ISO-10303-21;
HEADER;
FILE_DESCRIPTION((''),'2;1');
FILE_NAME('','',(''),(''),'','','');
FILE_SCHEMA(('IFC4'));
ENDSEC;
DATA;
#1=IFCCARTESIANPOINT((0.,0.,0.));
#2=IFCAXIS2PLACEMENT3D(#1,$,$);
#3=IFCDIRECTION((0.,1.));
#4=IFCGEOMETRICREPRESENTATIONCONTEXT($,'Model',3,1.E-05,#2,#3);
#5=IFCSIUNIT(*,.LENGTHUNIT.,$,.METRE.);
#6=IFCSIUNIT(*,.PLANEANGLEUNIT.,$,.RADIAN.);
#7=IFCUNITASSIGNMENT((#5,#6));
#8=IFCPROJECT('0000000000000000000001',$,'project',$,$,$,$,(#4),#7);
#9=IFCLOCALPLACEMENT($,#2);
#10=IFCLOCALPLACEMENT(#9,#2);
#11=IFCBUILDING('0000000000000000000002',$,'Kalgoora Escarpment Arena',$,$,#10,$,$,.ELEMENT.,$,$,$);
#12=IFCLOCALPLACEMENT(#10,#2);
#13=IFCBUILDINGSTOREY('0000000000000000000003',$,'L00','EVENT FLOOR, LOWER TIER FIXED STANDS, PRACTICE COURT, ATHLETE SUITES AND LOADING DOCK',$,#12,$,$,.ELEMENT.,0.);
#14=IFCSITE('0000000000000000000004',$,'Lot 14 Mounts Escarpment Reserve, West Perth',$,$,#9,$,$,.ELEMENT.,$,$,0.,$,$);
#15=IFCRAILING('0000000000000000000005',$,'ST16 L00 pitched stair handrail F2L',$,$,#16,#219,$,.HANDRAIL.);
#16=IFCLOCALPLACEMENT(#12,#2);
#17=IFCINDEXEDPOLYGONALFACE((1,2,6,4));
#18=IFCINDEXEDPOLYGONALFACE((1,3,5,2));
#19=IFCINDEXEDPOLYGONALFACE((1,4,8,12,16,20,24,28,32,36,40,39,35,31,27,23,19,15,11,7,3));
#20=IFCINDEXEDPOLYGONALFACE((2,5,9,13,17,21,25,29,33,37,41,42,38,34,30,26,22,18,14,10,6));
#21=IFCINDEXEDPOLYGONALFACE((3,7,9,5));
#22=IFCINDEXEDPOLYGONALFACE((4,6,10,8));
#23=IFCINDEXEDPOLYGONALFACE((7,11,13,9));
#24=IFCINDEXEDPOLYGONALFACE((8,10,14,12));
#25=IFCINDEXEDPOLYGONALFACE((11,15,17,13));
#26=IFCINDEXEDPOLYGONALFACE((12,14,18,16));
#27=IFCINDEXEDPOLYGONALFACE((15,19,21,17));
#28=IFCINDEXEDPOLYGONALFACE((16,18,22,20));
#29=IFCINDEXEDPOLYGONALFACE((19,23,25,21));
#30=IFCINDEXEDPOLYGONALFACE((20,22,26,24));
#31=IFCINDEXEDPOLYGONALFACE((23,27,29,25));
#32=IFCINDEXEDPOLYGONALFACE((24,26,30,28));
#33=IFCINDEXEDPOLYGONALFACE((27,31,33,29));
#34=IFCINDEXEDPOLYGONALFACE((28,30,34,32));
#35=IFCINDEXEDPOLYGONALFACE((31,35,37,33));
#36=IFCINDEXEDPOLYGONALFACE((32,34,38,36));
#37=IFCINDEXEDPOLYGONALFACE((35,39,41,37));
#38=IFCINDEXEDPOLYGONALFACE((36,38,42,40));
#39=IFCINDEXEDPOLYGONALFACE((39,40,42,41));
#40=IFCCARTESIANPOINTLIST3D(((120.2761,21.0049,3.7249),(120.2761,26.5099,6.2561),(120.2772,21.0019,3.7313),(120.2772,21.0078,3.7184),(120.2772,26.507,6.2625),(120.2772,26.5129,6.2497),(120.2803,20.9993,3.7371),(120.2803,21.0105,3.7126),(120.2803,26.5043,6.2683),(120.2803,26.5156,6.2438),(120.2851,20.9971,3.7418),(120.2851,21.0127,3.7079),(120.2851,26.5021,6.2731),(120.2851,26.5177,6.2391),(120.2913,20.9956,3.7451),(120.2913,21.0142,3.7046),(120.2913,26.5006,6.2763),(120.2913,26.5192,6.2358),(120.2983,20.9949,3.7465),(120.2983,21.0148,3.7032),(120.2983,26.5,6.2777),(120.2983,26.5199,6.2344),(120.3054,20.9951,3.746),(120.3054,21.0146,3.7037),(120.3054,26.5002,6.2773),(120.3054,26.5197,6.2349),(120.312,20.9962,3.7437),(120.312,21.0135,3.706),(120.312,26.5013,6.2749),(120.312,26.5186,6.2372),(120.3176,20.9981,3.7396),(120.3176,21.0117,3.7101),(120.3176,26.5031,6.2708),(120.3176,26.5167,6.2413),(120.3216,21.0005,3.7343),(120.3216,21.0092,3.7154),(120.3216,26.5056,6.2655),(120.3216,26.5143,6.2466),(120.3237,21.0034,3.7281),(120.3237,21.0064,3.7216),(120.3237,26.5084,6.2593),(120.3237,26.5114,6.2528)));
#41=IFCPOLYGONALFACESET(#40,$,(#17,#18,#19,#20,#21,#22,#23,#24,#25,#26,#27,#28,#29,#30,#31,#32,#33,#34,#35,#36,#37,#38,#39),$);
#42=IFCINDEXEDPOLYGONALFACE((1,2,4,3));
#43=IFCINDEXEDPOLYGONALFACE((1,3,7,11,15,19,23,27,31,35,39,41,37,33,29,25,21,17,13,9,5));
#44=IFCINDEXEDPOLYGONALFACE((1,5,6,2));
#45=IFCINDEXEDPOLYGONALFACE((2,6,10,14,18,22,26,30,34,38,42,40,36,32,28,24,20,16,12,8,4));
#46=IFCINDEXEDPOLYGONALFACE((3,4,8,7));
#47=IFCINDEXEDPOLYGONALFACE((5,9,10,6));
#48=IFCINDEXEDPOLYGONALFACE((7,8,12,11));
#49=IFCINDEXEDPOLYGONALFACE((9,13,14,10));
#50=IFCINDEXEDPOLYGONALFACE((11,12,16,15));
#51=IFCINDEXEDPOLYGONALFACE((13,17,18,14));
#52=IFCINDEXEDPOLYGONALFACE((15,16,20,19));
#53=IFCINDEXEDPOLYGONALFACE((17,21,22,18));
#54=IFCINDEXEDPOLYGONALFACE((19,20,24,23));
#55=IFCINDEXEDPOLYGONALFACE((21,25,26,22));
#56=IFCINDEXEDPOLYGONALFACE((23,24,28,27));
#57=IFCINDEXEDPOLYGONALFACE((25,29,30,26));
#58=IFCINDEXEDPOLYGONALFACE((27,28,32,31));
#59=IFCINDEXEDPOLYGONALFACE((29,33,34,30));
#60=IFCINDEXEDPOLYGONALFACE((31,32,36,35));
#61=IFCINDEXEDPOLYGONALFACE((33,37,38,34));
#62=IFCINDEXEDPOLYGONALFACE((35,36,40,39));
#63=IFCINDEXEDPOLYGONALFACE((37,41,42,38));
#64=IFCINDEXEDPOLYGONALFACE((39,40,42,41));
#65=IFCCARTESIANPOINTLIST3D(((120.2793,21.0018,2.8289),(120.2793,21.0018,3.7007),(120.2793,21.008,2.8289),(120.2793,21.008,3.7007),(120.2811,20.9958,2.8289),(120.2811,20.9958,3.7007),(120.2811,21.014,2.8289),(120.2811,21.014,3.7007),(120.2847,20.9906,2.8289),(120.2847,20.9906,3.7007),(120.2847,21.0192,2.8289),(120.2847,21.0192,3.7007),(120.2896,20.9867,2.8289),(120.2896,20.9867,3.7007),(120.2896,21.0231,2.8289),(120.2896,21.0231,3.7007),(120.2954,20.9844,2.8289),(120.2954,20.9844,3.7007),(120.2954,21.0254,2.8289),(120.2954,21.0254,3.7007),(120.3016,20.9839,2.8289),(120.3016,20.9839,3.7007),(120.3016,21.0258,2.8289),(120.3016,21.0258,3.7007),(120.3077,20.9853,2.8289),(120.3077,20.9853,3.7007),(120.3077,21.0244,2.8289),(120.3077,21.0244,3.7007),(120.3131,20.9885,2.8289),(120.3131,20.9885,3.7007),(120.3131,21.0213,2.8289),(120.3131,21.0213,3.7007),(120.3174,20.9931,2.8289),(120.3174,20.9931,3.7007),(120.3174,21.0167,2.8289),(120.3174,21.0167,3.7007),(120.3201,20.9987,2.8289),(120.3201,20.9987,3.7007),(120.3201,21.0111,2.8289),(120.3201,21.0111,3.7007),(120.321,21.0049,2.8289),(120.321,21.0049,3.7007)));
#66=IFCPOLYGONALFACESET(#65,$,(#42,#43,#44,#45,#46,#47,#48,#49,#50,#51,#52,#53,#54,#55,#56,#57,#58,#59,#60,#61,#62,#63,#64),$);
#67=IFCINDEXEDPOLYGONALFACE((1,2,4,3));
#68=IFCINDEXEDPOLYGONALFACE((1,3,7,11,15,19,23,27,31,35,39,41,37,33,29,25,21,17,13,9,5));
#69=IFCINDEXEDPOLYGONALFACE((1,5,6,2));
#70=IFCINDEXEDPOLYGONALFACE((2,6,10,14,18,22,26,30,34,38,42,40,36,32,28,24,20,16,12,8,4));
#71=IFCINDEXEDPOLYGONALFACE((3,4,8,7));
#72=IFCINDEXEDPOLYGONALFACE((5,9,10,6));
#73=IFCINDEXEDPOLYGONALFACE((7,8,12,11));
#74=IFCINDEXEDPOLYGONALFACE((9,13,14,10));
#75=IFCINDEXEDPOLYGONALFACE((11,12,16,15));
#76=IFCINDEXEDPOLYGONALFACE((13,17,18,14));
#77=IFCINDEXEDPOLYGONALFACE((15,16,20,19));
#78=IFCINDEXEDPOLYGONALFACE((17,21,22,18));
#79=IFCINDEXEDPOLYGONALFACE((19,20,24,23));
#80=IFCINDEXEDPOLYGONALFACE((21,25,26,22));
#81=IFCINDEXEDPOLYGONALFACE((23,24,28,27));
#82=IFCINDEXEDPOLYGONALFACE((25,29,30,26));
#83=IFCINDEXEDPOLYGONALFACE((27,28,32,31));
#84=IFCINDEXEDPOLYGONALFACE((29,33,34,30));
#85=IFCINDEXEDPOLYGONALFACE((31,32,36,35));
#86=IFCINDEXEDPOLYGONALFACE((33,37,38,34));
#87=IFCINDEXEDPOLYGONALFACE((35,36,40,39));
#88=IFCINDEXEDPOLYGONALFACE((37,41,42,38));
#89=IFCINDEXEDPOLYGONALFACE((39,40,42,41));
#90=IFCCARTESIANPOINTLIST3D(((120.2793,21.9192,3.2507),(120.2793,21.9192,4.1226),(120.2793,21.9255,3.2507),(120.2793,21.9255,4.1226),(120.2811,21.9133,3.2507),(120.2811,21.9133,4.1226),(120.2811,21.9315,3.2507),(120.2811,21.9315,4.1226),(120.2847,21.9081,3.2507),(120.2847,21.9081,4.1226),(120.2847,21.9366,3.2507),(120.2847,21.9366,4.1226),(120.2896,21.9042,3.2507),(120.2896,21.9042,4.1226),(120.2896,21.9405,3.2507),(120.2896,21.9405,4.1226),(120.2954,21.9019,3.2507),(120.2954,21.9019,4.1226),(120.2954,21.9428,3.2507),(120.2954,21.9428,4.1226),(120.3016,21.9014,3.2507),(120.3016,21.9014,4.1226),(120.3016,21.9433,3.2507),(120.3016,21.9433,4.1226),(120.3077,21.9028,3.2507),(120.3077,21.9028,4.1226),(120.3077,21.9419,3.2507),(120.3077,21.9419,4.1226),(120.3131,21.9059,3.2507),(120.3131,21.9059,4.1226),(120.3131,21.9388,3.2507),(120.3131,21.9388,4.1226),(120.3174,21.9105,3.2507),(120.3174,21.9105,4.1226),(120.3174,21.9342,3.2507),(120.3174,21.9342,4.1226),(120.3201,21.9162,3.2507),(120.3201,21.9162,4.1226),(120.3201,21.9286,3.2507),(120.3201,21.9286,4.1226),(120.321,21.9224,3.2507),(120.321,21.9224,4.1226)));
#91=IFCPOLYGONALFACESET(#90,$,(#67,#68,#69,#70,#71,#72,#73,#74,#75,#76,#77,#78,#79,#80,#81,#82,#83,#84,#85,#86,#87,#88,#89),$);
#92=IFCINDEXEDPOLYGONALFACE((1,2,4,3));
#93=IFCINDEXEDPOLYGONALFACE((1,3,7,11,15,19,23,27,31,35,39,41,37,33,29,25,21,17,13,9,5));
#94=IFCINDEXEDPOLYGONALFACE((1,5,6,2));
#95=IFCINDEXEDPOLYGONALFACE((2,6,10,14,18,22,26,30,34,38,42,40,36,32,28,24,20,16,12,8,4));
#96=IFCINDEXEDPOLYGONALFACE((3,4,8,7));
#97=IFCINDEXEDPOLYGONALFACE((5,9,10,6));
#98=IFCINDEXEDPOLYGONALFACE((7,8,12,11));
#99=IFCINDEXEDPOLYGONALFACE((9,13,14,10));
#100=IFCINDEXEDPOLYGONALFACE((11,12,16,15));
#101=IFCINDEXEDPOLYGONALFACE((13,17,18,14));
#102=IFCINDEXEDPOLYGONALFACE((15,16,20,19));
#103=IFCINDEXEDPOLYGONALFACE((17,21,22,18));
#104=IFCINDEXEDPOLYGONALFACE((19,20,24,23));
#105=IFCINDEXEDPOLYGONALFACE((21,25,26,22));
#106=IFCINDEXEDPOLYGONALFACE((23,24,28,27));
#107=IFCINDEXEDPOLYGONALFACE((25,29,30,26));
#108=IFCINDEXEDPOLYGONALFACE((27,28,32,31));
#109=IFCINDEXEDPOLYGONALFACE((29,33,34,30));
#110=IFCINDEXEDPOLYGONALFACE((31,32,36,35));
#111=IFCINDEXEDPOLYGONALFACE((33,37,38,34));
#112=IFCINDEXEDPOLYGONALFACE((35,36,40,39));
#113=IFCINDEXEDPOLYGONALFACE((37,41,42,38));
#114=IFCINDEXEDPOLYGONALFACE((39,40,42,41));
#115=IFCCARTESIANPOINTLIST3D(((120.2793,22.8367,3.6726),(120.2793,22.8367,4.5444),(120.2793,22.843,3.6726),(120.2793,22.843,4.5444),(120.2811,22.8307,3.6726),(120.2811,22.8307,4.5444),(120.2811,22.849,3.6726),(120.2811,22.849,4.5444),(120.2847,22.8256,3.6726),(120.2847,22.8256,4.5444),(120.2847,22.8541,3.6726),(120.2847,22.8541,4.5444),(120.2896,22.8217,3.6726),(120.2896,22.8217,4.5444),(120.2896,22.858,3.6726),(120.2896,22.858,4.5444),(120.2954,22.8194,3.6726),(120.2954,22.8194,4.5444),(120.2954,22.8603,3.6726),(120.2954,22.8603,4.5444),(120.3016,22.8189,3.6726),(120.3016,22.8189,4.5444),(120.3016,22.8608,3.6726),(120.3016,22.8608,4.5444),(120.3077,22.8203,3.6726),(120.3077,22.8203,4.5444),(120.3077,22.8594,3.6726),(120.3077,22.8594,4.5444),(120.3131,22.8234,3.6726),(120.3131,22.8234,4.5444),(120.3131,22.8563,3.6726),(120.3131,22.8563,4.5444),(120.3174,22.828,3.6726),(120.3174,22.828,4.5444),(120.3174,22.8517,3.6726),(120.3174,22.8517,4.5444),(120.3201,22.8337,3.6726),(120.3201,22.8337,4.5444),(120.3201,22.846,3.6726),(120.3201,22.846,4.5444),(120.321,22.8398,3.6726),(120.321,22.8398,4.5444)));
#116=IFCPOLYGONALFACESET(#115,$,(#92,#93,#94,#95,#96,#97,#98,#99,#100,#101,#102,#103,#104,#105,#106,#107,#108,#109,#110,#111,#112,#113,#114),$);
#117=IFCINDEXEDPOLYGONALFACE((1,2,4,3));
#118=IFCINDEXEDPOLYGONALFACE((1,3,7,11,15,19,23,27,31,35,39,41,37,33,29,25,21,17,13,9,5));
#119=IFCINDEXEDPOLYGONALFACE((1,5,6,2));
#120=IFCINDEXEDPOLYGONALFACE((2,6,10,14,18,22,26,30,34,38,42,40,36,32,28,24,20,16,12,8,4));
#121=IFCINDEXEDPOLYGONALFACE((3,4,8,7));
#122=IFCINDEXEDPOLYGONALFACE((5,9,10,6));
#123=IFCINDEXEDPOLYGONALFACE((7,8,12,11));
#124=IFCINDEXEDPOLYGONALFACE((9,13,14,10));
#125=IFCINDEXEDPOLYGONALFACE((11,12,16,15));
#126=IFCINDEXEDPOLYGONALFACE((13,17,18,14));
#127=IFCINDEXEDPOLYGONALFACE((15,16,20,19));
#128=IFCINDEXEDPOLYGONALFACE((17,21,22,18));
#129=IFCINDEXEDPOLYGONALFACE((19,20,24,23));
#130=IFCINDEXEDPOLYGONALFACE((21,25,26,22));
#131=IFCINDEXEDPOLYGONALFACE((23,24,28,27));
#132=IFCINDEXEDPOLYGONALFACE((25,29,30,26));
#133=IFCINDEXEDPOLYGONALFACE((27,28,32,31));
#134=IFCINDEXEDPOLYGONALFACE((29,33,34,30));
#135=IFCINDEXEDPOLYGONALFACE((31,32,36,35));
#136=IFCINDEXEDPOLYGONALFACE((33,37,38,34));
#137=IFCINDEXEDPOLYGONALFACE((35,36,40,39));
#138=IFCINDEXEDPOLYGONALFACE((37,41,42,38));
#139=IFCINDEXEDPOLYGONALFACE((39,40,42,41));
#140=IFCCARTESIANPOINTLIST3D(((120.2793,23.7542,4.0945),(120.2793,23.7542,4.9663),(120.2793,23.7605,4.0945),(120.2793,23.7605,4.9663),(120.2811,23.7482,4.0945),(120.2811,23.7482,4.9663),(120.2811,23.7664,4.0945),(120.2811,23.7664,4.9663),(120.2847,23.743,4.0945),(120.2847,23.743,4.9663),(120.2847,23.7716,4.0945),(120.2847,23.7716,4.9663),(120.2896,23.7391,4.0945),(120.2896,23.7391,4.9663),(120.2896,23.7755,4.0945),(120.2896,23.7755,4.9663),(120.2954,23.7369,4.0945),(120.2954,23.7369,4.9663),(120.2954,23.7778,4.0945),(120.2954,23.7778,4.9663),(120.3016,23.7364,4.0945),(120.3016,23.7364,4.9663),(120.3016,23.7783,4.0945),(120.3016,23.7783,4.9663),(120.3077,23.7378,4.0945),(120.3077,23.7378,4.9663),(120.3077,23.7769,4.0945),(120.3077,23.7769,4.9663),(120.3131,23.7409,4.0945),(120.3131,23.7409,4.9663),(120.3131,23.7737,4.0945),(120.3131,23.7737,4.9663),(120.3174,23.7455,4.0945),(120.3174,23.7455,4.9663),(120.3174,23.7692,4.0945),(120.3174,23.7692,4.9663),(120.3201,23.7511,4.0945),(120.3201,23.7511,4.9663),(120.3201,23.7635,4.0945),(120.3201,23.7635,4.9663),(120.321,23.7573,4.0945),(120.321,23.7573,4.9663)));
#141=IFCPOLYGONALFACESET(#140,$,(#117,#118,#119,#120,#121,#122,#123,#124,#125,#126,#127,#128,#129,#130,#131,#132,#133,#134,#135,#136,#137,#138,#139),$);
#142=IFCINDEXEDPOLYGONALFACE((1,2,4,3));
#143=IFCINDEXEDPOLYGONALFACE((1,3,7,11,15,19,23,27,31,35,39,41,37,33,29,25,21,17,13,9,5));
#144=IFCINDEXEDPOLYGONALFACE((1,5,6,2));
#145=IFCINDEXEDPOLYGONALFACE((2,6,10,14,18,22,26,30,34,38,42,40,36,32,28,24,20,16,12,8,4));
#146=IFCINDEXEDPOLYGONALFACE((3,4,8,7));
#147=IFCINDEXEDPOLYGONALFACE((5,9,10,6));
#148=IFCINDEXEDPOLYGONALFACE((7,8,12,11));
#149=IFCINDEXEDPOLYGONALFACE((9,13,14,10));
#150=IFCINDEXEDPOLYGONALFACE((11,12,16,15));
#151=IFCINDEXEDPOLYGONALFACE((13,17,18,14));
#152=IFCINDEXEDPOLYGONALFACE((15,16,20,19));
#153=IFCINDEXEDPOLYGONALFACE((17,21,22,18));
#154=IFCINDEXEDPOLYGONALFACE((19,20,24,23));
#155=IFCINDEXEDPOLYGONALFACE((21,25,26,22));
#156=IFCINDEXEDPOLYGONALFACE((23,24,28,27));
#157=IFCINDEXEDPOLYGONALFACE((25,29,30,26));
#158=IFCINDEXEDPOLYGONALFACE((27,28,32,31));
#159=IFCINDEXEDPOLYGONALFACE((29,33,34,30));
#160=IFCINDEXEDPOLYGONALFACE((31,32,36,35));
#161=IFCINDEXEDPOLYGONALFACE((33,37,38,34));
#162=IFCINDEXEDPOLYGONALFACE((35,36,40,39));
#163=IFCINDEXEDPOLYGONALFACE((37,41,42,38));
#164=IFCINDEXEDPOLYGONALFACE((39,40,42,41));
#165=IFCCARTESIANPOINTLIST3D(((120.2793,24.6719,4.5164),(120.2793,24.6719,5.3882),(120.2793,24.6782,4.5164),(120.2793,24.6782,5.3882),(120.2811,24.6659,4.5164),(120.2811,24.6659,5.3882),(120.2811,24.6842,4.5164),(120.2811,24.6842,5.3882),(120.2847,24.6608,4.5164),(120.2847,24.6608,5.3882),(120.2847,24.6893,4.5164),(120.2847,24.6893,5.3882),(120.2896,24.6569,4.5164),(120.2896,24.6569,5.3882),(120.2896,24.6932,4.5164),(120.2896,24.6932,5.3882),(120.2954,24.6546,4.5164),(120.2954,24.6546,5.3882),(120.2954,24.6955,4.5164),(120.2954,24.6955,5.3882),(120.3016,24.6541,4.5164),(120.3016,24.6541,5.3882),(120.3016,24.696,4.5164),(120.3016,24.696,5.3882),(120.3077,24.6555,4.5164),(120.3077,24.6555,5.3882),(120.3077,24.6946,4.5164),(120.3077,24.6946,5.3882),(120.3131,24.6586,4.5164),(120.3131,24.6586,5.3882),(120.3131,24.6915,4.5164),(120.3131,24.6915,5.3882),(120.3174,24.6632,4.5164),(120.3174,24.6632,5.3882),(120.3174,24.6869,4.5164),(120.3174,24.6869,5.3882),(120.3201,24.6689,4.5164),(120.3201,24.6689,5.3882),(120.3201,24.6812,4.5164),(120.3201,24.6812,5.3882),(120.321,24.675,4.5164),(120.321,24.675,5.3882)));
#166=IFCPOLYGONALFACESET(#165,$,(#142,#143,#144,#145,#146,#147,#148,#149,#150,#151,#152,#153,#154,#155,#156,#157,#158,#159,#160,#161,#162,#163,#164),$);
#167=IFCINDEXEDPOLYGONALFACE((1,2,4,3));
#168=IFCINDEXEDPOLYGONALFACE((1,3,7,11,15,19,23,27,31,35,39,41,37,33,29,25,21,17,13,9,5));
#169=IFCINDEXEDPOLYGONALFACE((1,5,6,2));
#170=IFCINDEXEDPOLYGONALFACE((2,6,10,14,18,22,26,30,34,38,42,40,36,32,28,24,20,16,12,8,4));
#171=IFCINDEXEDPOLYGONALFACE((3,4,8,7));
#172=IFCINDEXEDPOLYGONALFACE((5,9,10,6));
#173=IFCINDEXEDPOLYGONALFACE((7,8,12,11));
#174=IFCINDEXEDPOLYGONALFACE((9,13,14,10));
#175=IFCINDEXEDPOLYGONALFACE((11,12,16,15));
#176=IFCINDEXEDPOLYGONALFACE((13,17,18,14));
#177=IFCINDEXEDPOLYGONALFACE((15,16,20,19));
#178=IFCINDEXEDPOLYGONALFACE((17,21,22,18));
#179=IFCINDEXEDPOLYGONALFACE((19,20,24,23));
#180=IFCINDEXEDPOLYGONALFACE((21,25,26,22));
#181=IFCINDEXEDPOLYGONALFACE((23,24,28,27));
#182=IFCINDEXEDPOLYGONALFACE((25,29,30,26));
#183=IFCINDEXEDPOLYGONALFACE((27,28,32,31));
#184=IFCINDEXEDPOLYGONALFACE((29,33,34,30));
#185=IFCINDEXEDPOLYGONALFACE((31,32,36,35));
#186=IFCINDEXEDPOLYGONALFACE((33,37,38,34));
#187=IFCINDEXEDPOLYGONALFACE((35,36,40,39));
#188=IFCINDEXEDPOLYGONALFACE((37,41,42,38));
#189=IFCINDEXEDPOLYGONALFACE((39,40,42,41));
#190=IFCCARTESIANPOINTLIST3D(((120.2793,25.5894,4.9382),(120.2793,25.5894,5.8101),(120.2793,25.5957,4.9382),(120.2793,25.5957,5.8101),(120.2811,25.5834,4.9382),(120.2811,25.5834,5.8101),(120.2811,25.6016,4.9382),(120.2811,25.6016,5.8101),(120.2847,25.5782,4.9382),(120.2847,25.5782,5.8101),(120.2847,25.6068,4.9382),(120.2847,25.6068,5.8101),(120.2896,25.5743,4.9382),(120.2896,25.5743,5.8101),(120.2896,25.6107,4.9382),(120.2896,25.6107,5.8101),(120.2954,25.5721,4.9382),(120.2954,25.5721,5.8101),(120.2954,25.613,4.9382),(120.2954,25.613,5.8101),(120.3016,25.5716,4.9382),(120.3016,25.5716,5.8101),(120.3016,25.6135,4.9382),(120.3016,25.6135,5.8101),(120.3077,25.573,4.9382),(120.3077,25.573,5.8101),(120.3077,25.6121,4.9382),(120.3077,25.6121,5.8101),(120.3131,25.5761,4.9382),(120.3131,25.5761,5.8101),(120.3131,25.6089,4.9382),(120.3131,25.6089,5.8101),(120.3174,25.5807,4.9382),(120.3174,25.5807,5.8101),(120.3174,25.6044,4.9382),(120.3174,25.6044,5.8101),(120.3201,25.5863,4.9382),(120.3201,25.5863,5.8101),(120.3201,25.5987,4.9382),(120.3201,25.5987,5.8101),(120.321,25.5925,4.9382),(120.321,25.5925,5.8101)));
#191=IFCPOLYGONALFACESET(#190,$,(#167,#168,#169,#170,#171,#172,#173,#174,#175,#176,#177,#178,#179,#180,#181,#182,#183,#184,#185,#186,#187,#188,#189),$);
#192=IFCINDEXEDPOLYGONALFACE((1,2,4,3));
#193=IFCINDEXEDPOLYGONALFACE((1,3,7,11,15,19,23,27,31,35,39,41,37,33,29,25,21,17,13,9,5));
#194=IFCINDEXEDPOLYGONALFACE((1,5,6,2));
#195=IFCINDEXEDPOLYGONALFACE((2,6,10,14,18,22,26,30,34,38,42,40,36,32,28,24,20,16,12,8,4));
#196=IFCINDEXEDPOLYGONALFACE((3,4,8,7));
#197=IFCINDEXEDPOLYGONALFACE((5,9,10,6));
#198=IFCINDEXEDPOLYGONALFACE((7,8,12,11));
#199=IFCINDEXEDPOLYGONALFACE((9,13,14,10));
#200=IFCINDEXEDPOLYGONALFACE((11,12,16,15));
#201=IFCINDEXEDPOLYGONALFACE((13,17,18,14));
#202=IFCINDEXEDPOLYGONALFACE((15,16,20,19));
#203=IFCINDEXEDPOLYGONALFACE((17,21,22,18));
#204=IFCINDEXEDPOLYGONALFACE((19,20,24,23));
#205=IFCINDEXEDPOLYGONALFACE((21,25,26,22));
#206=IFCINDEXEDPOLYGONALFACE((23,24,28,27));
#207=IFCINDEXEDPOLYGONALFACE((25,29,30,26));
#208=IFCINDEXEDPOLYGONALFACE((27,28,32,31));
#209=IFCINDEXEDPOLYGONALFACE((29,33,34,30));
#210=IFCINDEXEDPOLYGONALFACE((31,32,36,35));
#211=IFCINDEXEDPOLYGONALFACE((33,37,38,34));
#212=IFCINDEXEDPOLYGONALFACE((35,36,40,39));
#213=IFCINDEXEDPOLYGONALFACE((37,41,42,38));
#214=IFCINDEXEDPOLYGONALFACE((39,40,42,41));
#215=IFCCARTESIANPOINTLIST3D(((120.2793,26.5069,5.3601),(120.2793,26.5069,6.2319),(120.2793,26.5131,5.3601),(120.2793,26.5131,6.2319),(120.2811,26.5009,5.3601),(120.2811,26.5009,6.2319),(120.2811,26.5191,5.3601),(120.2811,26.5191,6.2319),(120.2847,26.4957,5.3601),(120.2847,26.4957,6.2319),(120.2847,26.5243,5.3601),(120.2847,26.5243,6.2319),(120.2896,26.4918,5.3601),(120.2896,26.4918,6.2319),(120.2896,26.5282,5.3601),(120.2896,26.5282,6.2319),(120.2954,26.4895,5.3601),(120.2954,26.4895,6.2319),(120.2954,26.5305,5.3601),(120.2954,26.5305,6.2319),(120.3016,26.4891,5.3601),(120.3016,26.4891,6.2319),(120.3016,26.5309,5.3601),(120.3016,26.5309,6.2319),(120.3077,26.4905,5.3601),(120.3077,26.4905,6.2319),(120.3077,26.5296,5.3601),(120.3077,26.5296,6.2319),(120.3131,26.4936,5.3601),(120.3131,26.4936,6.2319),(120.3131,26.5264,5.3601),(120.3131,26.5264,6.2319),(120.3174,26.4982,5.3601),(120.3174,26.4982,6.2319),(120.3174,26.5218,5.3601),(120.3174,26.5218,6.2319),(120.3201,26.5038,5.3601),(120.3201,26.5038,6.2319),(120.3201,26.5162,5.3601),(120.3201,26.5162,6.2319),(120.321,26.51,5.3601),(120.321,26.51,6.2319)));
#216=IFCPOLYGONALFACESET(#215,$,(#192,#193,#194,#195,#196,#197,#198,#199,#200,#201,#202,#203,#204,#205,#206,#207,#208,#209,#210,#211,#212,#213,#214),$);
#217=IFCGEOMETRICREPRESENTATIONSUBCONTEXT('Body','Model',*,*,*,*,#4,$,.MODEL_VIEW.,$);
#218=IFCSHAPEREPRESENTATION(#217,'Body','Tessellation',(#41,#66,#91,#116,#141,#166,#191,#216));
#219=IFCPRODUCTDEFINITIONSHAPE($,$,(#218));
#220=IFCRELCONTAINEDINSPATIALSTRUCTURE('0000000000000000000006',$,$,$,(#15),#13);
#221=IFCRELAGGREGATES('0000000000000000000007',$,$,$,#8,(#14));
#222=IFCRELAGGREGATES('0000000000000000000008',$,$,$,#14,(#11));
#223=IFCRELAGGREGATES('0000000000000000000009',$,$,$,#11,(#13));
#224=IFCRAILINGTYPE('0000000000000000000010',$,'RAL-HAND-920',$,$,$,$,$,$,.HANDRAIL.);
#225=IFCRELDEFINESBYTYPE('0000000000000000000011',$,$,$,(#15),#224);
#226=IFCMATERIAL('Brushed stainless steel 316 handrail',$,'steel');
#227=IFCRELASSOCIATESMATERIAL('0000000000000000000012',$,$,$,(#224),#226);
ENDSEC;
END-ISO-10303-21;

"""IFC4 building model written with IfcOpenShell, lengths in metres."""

from ifc_helpers import new_model, si_unit, direction, frame, origin, origin_2d, place, context, subcontext, project, spatial, circle, extrude, material, type_object, element, save


model = new_model("IFC4")

# Units and contexts
model_context = context("Model", 3, precision=1e-05, world=origin(), true_north=direction((0.0, 1.0)))
body_context = subcontext(model_context, "Body", "Model", "MODEL_VIEW")
ifc_project = project(units=[si_unit("LENGTHUNIT", "METRE"), si_unit("PLANEANGLEUNIT", "RADIAN")], contexts=[model_context])

# Site, building, storey
site_placement = place(None, origin())
site = spatial("IfcSite", under=ifc_project, at=site_placement, Name="Lot 14 Mounts Escarpment Reserve, West Perth", CompositionType="ELEMENT", RefElevation=0.0)
building_placement = place(site_placement, origin())
building = spatial("IfcBuilding", under=site, at=building_placement, Name="Kalgoora Escarpment Arena", CompositionType="ELEMENT")
storey_placement = place(building_placement, origin())
storey = spatial("IfcBuildingStorey", under=building, at=storey_placement, Name="L00", Description="EVENT FLOOR, LOWER TIER FIXED STANDS, PRACTICE COURT, ATHLETE SUITES AND LOADING DOCK", CompositionType="ELEMENT", Elevation=0.0)

# Railing
ifc_material_1 = material(Name="Brushed stainless steel 316 handrail", Category="steel")
railing_type_1 = type_object("IfcRailingType", Name="RAL-HAND-920", PredefinedType="HANDRAIL", material=ifc_material_1)
railing_1_placement = place(storey_placement, frame((120.3, 21.0049, 2.8289)))
element("IfcRailing", 1, at=railing_1_placement, inside=storey, type_object=railing_type_1, Name="ST16 L00 pitched stair handrail F2L", PredefinedType="HANDRAIL", context=body_context, shape_type="SweptSolid", body=[
    extrude(circle(Radius=0.0239, at=origin_2d()), frame((0.0, 0.0, 0.896), z_axis=(0.0, 0.90856, 0.417755), x_axis=(-1.0, 0.0, 0.0)), (0.0, 0.0, 1.0), 6.0591),
    extrude(circle(Radius=0.021, at=origin_2d()), origin(), (0.0, 0.0, 1.0), 0.8718),
    extrude(circle(Radius=0.021, at=origin_2d()), frame((0.0, 0.9175, 0.4219)), (0.0, 0.0, 1.0), 0.8718),
    extrude(circle(Radius=0.021, at=origin_2d()), frame((0.0, 1.835, 0.8438)), (0.0, 0.0, 1.0), 0.8718),
    extrude(circle(Radius=0.021, at=origin_2d()), frame((0.0, 2.7524, 1.2656)), (0.0, 0.0, 1.0), 0.8718),
    extrude(circle(Radius=0.021, at=origin_2d()), frame((0.0, 3.6702, 1.6875)), (0.0, 0.0, 1.0), 0.8718),
    extrude(circle(Radius=0.021, at=origin_2d()), frame((0.0, 4.5876, 2.1094)), (0.0, 0.0, 1.0), 0.8718),
    extrude(circle(Radius=0.021, at=origin_2d()), frame((0.0, 5.5051, 2.5312)), (0.0, 0.0, 1.0), 0.8718),
])

save(model, "model.ifc")
